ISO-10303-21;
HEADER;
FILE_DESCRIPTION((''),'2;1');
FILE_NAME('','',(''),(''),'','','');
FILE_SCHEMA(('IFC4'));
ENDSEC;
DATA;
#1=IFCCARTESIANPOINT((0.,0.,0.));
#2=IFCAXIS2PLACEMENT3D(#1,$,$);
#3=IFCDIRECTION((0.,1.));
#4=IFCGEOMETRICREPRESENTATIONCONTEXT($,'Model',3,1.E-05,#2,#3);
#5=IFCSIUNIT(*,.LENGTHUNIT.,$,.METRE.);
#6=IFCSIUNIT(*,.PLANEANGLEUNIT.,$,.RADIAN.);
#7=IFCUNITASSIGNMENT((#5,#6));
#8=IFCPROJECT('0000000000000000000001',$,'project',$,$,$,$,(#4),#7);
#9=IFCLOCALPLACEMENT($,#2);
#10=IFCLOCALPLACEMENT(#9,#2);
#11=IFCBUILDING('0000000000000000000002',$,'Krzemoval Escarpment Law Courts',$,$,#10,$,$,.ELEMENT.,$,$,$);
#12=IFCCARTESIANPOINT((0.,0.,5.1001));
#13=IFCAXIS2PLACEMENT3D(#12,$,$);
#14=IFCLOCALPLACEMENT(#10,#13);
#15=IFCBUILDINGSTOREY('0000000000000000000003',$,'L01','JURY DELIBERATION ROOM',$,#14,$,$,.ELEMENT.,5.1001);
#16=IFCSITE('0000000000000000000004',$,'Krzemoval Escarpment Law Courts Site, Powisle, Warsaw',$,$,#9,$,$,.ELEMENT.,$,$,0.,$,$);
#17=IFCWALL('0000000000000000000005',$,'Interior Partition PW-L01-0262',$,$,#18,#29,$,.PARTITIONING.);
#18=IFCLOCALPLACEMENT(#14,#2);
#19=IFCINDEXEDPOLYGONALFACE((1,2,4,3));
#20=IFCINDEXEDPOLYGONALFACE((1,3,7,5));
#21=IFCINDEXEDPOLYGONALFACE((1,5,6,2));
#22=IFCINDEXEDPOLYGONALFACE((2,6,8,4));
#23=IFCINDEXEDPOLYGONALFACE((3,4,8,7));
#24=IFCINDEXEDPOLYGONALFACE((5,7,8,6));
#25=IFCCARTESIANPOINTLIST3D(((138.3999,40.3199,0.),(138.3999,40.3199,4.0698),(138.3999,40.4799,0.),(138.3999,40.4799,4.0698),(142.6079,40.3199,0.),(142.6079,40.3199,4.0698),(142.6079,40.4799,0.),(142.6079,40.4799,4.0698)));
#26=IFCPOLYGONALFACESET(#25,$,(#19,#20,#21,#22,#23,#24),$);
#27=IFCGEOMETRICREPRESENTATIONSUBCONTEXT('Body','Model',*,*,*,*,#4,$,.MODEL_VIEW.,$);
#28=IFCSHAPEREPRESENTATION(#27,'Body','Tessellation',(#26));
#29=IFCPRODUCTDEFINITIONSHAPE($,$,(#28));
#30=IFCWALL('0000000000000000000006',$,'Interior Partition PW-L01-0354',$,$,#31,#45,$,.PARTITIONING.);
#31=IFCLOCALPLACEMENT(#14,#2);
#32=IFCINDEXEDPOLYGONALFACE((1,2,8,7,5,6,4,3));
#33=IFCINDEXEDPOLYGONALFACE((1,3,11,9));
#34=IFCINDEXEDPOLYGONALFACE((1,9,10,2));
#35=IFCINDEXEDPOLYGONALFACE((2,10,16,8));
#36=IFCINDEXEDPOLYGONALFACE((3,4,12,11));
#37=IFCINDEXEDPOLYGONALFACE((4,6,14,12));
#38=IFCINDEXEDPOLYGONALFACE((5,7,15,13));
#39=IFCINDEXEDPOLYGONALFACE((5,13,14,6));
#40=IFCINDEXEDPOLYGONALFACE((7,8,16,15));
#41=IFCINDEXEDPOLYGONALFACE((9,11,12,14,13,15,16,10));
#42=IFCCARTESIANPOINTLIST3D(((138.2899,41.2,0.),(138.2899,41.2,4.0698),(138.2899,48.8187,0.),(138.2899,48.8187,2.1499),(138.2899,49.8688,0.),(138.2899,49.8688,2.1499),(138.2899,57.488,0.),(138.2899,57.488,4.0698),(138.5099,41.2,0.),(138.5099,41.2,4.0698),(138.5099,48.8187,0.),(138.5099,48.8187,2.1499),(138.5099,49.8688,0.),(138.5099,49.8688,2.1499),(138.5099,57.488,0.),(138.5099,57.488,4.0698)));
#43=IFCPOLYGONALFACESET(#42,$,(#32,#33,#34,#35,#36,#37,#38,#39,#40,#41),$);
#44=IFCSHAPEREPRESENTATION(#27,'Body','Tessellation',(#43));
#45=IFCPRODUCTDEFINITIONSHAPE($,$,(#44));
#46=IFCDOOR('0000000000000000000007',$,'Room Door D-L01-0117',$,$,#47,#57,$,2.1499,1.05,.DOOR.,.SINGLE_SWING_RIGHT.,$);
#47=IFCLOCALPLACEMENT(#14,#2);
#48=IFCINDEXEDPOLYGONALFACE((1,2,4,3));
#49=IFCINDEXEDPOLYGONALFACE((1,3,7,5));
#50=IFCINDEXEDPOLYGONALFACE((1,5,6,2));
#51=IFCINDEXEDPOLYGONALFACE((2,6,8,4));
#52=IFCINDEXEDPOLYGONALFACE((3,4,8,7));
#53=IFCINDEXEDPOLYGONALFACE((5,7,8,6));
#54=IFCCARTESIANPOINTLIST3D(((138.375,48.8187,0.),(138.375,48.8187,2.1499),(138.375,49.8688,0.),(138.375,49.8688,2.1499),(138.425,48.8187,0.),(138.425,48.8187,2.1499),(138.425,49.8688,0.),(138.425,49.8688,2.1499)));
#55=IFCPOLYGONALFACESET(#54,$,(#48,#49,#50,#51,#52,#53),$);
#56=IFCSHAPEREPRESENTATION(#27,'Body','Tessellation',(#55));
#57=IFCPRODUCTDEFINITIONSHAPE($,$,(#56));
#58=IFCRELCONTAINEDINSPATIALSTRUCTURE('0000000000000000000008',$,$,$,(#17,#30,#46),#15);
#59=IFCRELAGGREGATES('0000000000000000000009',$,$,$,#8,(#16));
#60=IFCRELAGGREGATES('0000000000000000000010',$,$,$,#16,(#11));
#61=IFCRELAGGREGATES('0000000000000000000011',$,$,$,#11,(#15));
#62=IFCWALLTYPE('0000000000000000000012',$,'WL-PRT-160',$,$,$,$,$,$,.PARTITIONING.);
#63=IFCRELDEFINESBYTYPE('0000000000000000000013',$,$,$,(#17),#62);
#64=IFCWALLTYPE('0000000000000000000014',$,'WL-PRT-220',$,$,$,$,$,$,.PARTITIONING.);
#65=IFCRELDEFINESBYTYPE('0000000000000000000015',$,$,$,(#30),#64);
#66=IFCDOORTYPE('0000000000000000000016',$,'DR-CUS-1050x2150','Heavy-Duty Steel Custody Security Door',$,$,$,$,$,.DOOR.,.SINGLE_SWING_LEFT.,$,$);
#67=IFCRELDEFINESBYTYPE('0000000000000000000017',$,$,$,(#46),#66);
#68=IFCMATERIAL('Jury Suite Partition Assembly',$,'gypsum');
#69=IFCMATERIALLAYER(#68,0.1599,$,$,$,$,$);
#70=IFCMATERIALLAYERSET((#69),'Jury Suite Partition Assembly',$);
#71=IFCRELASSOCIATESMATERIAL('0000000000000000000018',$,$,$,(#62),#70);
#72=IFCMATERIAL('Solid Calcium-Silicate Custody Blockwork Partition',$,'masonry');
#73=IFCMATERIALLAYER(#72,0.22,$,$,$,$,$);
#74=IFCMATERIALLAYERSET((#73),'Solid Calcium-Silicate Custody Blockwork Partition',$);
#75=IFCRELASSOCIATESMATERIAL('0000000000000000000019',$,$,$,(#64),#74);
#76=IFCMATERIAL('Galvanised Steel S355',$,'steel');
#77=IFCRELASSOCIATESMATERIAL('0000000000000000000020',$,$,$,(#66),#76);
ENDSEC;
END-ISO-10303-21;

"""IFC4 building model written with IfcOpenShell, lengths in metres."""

from ifc_helpers import new_model, si_unit, direction, frame, frame_2d, origin, place, context, subcontext, project, spatial, rectangle, extrude, material, layer, layer_set, type_object, element, fill, save


model = new_model("IFC4")

# Units and contexts
model_context = context("Model", 3, precision=1e-05, world=origin(), true_north=direction((0.0, 1.0)))
body_context = subcontext(model_context, "Body", "Model", "MODEL_VIEW")
ifc_project = project(units=[si_unit("LENGTHUNIT", "METRE"), si_unit("PLANEANGLEUNIT", "RADIAN")], contexts=[model_context])

# Site, building, storey
site_placement = place(None, origin())
site = spatial("IfcSite", under=ifc_project, at=site_placement, Name="Krzemoval Escarpment Law Courts Site, Powisle, Warsaw", CompositionType="ELEMENT", RefElevation=0.0)
building_placement = place(site_placement, origin())
building = spatial("IfcBuilding", under=site, at=building_placement, Name="Krzemoval Escarpment Law Courts", CompositionType="ELEMENT")
storey_placement = place(building_placement, frame((0.0, 0.0, 5.1001)))
storey = spatial("IfcBuildingStorey", under=building, at=storey_placement, Name="L01", Description="JURY DELIBERATION ROOM", CompositionType="ELEMENT", Elevation=5.1001)

# Wall
ifc_material_1 = material(Name="Jury Suite Partition Assembly", Category="gypsum")
ifc_layer_1 = layer(ifc_material_1, 0.1599)
ifc_layer_set_1 = layer_set([ifc_layer_1], Name="Jury Suite Partition Assembly")
wall_type_1 = type_object("IfcWallType", Name="WL-PRT-160", PredefinedType="PARTITIONING", material=ifc_layer_set_1)
wall_1_placement = place(storey_placement, frame((138.3999, 40.3999, 0.0), z_axis=(0.0, 0.0, 1.0), x_axis=(1.0, 0.0, 0.0)))
element("IfcWall", 1, at=wall_1_placement, inside=storey, type_object=wall_type_1, Name="Interior Partition PW-L01-0262", PredefinedType="PARTITIONING", context=body_context, shape_type="SweptSolid", body=[
    extrude(rectangle(XDim=4.208, YDim=0.1599, at=frame_2d((2.104, 0.0))), origin(), (0.0, 0.0, 1.0), 4.0698),
])

# Wall, opening, door
ifc_material_2 = material(Name="Solid Calcium-Silicate Custody Blockwork Partition", Category="masonry")
ifc_layer_2 = layer(ifc_material_2, 0.22)
ifc_layer_set_2 = layer_set([ifc_layer_2], Name="Solid Calcium-Silicate Custody Blockwork Partition")
wall_type_2 = type_object("IfcWallType", Name="WL-PRT-220", PredefinedType="PARTITIONING", material=ifc_layer_set_2)
wall_2_placement = place(storey_placement, frame((138.3999, 41.2, 0.0), z_axis=(0.0, 0.0, 1.0), x_axis=(0.0, 1.0, 0.0)))
wall_2 = element("IfcWall", 2, at=wall_2_placement, inside=storey, type_object=wall_type_2, Name="Interior Partition PW-L01-0354", PredefinedType="PARTITIONING", context=body_context, shape_type="SweptSolid", body=[
    extrude(rectangle(XDim=16.2881, YDim=0.22, at=frame_2d((8.144, 0.0))), origin(), (0.0, 0.0, 1.0), 4.0698),
])
opening_1_placement = place(wall_2_placement, frame((7.6189, 0.0, 0.0)))
opening_1 = element("IfcOpeningElement", 3, at=opening_1_placement, cuts=wall_2, PredefinedType="OPENING", context=body_context, shape_type="SweptSolid", body=[
    extrude(rectangle(XDim=1.05, YDim=2.1499, at=frame_2d((0.5249, 1.075))), frame((0.0, 0.125, 0.0), z_axis=(0.0, -1.0, 0.0), x_axis=(1.0, 0.0, 0.0)), (0.0, 0.0, 1.0), 0.25),
])
ifc_material_3 = material(Name="Galvanised Steel S355", Category="steel")
door_type = type_object("IfcDoorType", Name="DR-CUS-1050x2150", Description="Heavy-Duty Steel Custody Security Door", OperationType="SINGLE_SWING_LEFT", PredefinedType="DOOR", material=ifc_material_3)
door_placement = place(opening_1_placement, origin())
door = element("IfcDoor", 4, at=door_placement, inside=storey, type_object=door_type, Name="Room Door D-L01-0117", OperationType="SINGLE_SWING_RIGHT", OverallHeight=2.1499, OverallWidth=1.05, PredefinedType="DOOR", context=body_context, shape_type="SweptSolid", body=[
    extrude(rectangle(XDim=1.05, YDim=2.1499, at=frame_2d((0.5249, 1.075))), frame((0.0, 0.0249, 0.0), z_axis=(0.0, -1.0, 0.0), x_axis=(1.0, 0.0, 0.0)), (0.0, 0.0, 1.0), 0.05),
])
fill(opening_1, door)

save(model, "model.ifc")
